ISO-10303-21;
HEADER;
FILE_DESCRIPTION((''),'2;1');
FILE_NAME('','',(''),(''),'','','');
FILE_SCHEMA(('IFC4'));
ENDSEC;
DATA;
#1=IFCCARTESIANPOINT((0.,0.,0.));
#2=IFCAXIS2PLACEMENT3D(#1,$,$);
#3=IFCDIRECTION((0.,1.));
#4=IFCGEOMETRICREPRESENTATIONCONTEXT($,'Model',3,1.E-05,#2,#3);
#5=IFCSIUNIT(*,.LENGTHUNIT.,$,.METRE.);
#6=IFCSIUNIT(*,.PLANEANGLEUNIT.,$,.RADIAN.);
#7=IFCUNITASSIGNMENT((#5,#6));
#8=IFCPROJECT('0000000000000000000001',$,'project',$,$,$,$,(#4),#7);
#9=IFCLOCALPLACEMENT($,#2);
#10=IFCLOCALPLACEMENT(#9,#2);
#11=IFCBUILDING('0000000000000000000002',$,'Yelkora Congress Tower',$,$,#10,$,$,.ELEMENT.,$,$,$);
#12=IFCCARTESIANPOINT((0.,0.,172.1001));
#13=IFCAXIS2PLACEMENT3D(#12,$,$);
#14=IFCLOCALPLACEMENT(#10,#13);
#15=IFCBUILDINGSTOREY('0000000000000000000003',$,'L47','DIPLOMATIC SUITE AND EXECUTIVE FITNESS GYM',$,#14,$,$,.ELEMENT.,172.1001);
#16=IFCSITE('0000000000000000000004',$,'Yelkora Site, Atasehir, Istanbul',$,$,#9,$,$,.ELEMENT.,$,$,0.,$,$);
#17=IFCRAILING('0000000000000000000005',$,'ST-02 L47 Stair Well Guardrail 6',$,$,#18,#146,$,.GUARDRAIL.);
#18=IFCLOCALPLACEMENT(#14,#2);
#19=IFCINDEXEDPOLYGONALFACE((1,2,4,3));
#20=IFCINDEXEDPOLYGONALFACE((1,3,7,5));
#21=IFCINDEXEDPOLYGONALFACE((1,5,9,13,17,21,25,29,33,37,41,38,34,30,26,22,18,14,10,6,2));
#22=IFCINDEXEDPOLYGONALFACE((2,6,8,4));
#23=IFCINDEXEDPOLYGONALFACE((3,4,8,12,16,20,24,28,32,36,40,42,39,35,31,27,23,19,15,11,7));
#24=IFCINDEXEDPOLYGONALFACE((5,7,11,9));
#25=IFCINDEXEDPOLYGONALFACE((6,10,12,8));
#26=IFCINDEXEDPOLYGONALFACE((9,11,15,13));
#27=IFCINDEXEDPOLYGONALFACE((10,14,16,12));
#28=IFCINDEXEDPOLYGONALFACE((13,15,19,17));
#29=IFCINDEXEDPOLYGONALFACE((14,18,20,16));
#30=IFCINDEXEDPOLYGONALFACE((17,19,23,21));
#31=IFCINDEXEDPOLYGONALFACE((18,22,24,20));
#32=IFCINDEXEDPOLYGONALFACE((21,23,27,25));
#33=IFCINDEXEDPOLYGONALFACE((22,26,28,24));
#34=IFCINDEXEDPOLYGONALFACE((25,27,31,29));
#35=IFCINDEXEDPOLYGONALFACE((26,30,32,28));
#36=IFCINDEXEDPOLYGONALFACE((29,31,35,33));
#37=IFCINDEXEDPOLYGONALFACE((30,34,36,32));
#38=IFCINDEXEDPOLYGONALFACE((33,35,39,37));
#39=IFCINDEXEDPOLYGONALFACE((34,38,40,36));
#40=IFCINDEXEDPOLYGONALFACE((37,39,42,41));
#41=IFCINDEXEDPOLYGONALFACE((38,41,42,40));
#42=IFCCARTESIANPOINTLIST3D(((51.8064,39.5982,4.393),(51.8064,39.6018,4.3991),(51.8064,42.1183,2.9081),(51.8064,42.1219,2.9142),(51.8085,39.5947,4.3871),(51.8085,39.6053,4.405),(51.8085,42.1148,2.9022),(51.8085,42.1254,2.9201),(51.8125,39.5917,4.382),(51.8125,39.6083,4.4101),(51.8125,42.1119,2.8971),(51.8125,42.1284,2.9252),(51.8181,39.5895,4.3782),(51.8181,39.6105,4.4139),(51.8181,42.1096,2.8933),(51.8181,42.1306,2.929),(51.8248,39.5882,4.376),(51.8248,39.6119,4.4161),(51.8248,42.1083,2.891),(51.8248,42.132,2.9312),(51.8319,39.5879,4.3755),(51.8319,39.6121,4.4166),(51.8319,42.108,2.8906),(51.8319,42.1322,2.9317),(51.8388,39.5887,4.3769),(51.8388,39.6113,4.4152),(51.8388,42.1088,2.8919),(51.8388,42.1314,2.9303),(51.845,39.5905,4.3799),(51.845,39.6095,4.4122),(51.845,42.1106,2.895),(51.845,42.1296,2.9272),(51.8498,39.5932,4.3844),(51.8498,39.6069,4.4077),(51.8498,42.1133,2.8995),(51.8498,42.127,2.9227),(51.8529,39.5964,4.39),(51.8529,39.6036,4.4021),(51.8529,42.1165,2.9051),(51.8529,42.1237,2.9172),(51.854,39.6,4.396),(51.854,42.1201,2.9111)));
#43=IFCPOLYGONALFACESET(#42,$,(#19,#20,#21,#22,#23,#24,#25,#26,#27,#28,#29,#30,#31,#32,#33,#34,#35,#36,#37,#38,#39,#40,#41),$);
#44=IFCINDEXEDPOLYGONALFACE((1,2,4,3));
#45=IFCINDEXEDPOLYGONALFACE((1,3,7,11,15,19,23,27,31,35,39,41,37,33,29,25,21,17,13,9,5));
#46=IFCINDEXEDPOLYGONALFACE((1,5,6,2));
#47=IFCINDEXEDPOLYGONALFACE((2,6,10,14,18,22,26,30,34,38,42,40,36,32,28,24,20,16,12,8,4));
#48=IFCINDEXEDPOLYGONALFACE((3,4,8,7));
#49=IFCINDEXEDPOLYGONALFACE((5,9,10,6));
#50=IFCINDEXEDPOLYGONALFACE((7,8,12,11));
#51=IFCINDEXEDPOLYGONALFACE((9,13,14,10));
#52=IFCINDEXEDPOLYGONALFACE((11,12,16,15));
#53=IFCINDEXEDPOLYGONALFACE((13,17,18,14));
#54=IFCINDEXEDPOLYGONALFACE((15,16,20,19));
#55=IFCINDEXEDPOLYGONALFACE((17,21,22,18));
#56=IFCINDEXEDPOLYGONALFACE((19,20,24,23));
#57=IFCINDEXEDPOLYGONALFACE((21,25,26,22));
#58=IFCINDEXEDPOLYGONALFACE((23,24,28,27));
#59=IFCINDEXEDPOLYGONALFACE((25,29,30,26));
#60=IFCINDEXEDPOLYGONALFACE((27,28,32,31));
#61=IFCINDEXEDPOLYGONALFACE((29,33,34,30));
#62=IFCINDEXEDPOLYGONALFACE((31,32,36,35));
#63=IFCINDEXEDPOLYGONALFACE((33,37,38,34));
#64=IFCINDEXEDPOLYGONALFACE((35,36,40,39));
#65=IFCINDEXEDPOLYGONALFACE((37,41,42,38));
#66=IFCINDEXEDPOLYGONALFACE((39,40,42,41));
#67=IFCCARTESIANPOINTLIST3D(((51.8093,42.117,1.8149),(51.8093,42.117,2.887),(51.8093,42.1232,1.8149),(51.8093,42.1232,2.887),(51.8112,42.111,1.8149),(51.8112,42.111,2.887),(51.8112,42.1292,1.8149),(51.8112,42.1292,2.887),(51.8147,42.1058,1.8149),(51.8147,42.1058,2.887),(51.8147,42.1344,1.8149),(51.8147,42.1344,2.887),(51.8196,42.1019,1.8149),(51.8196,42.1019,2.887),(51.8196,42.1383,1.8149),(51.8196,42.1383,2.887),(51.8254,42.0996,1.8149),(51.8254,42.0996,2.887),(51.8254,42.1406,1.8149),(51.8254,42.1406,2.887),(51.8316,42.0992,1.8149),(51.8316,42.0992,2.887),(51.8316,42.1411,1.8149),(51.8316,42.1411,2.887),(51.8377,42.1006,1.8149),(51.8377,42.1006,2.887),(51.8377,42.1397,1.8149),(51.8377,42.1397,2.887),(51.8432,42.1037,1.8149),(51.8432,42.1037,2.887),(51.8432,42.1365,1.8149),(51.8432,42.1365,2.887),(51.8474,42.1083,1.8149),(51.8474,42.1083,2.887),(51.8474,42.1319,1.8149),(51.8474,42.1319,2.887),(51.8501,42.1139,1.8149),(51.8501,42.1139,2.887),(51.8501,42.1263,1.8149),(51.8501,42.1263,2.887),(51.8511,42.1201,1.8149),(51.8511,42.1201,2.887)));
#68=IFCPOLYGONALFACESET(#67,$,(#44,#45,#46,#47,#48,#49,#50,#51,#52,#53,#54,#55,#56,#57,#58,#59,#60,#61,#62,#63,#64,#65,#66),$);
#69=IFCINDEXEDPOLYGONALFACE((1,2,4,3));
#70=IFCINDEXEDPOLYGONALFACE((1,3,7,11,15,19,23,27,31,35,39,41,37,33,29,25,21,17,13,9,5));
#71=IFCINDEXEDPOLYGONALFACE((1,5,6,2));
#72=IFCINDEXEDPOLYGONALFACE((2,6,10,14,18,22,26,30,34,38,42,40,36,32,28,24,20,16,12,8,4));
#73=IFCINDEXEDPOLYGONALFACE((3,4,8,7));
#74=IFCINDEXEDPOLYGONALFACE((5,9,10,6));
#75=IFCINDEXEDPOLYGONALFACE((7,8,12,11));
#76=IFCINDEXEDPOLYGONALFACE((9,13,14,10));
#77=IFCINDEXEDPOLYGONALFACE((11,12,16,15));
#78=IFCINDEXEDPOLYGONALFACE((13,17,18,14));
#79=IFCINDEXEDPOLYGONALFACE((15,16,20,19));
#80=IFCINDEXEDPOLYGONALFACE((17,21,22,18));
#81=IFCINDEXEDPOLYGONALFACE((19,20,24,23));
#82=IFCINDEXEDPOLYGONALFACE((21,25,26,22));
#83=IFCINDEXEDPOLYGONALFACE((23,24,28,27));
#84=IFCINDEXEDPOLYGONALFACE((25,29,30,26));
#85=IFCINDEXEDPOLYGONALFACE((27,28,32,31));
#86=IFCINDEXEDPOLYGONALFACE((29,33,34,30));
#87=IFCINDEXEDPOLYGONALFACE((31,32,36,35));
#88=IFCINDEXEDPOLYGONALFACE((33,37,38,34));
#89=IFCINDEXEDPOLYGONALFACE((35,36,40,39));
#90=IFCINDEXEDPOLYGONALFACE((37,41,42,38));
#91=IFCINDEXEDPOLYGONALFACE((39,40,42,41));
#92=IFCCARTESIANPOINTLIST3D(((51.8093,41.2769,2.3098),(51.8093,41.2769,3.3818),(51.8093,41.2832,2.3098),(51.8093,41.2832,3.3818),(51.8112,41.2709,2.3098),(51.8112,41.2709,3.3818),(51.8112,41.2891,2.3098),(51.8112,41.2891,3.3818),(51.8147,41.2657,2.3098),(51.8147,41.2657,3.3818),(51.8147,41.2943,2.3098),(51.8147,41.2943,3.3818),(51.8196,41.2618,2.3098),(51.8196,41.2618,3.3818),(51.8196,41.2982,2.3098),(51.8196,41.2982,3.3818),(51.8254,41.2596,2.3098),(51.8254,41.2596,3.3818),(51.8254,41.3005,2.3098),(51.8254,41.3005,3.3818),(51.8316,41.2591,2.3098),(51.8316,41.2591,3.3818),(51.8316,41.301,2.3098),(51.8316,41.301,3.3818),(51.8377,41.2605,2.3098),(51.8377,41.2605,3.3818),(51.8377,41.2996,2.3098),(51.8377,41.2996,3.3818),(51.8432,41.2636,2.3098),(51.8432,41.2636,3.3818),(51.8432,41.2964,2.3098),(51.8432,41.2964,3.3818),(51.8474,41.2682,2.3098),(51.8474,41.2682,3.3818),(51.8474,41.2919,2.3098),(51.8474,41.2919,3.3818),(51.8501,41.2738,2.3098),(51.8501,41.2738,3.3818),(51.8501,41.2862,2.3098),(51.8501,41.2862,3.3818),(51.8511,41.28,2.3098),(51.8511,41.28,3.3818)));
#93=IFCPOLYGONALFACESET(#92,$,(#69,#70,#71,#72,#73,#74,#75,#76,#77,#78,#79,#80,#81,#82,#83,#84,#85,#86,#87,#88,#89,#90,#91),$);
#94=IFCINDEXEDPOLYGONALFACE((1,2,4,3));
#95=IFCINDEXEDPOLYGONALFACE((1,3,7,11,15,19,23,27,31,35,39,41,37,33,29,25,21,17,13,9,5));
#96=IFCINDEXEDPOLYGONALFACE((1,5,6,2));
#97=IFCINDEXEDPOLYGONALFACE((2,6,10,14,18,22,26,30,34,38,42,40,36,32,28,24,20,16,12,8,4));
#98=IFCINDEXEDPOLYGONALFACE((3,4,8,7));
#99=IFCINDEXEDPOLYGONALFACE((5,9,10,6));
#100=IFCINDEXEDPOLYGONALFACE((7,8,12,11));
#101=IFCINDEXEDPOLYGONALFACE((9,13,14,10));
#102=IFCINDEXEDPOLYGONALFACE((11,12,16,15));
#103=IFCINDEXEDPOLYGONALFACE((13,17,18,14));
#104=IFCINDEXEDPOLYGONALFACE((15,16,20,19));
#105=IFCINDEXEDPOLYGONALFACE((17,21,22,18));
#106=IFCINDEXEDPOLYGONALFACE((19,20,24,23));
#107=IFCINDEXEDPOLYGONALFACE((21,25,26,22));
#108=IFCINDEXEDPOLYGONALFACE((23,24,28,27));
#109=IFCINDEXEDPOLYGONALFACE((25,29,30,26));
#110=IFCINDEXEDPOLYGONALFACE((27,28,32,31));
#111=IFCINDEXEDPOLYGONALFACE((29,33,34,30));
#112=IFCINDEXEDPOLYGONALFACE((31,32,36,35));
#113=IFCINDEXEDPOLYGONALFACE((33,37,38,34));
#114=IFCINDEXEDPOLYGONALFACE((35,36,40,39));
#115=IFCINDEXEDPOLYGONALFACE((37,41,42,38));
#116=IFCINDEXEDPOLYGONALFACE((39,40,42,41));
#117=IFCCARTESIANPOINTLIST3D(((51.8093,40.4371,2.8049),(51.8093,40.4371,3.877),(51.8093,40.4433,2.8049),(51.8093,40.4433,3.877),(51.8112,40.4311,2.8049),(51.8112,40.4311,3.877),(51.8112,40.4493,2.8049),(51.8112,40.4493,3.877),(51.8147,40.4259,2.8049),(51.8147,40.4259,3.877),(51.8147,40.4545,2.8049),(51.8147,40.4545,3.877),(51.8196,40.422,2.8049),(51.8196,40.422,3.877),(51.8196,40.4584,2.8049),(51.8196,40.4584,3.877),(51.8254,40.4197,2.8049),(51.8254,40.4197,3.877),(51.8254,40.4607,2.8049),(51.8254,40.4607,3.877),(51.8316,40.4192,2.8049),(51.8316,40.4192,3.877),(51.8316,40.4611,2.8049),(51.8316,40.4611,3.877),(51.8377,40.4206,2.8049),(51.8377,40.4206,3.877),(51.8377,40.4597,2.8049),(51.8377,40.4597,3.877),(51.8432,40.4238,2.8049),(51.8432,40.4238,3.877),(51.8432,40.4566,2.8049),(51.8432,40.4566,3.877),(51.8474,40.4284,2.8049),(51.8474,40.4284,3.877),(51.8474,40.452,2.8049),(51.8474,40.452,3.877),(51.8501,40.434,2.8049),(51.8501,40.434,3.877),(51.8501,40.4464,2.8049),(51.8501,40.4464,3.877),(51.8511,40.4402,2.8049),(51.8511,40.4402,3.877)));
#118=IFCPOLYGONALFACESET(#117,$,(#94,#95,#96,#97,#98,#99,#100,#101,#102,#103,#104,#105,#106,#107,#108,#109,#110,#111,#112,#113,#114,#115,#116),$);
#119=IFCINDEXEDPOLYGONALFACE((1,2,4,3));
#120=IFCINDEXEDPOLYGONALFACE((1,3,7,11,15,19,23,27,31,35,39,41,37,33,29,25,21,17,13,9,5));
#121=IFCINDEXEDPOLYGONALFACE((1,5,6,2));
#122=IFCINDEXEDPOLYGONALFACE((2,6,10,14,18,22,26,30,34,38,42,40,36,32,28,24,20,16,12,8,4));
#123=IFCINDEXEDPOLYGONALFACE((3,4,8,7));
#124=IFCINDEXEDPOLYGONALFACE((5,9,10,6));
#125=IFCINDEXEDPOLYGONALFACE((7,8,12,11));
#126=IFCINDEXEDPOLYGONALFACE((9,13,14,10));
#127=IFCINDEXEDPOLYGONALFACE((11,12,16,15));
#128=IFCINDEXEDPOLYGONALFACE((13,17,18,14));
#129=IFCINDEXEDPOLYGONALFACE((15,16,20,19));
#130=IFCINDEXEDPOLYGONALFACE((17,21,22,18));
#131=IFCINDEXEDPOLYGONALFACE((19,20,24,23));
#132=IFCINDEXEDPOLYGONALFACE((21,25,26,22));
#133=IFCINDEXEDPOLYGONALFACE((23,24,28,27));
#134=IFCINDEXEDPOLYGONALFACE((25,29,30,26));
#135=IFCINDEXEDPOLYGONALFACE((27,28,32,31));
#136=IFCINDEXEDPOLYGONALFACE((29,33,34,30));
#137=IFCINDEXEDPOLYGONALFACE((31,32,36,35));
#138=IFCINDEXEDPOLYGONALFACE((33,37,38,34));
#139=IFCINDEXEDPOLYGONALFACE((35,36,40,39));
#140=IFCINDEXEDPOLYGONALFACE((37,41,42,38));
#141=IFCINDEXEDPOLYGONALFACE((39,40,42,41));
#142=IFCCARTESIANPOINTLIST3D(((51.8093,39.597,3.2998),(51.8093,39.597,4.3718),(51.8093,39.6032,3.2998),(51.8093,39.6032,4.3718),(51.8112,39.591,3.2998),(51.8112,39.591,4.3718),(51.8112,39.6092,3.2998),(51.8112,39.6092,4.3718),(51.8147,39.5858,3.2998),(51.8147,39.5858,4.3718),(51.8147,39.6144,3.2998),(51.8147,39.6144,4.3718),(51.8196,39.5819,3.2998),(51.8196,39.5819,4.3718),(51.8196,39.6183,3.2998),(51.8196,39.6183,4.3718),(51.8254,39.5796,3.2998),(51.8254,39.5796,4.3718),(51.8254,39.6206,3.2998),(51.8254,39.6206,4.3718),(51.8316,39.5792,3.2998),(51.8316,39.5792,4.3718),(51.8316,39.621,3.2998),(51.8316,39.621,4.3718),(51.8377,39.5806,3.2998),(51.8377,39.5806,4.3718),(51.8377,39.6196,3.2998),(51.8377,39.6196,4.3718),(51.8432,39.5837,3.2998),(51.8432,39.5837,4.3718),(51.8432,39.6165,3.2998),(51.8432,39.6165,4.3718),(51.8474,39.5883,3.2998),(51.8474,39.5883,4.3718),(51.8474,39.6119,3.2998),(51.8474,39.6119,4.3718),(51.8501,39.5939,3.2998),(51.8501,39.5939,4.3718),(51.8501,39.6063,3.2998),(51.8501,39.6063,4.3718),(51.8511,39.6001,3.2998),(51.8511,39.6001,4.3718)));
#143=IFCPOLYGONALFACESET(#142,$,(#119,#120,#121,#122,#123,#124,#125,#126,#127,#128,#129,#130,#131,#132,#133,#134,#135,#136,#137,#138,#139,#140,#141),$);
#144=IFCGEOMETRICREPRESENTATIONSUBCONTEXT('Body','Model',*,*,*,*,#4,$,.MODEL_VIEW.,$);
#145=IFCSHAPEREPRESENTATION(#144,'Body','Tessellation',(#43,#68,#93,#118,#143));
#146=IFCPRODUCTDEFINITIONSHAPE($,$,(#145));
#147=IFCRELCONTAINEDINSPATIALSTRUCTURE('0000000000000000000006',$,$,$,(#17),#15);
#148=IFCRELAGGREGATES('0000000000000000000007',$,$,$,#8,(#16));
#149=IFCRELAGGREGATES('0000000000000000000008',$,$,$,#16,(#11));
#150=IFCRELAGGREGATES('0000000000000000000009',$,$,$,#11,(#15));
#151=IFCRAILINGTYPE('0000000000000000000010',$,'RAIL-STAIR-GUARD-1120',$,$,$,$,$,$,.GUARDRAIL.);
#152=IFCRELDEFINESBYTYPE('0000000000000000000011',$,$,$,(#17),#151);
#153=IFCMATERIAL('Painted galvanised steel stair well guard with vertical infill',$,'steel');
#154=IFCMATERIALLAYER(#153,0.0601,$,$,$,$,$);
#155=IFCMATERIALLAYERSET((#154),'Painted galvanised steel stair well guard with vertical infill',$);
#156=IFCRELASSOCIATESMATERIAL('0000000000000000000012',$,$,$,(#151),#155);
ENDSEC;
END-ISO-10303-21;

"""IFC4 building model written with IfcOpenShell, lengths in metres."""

from ifc_helpers import new_model, si_unit, direction, frame, origin, origin_2d, place, context, subcontext, project, spatial, circle, extrude, material, layer, layer_set, type_object, element, save


model = new_model("IFC4")

# Units and contexts
model_context = context("Model", 3, precision=1e-05, world=origin(), true_north=direction((0.0, 1.0)))
body_context = subcontext(model_context, "Body", "Model", "MODEL_VIEW")
ifc_project = project(units=[si_unit("LENGTHUNIT", "METRE"), si_unit("PLANEANGLEUNIT", "RADIAN")], contexts=[model_context])

# Site, building, storey
site_placement = place(None, origin())
site = spatial("IfcSite", under=ifc_project, at=site_placement, Name="Yelkora Site, Atasehir, Istanbul", CompositionType="ELEMENT", RefElevation=0.0)
building_placement = place(site_placement, origin())
building = spatial("IfcBuilding", under=site, at=building_placement, Name="Yelkora Congress Tower", CompositionType="ELEMENT")
storey_placement = place(building_placement, frame((0.0, 0.0, 172.1001)))
storey = spatial("IfcBuildingStorey", under=building, at=storey_placement, Name="L47", Description="DIPLOMATIC SUITE AND EXECUTIVE FITNESS GYM", CompositionType="ELEMENT", Elevation=172.1001)

# Railing
ifc_material_1 = material(Name="Painted galvanised steel stair well guard with vertical infill", Category="steel")
ifc_layer_1 = layer(ifc_material_1, 0.0601)
ifc_layer_set_1 = layer_set([ifc_layer_1], Name="Painted galvanised steel stair well guard with vertical infill")
railing_type_1 = type_object("IfcRailingType", Name="RAIL-STAIR-GUARD-1120", PredefinedType="GUARDRAIL", material=ifc_layer_set_1)
railing_1_placement = place(storey_placement, frame((51.8301, 42.1201, 1.8149)))
element("IfcRailing", 1, at=railing_1_placement, inside=storey, type_object=railing_type_1, Name="ST-02 L47 Stair Well Guardrail 6", PredefinedType="GUARDRAIL", context=body_context, shape_type="SweptSolid", body=[
    extrude(circle(Radius=0.0239, at=origin_2d()), frame((0.0, 0.0, 1.0962), z_axis=(0.0, -0.861561, 0.507655), x_axis=(1.0, 0.0, 0.0)), (0.0, 0.0, 1.0), 2.925),
    extrude(circle(Radius=0.021, at=origin_2d()), origin(), (0.0, 0.0, 1.0), 1.072),
    extrude(circle(Radius=0.021, at=origin_2d()), frame((0.0, -0.8401, 0.4949)), (0.0, 0.0, 1.0), 1.072),
    extrude(circle(Radius=0.021, at=origin_2d()), frame((0.0, -1.6799, 0.99)), (0.0, 0.0, 1.0), 1.072),
    extrude(circle(Radius=0.021, at=origin_2d()), frame((0.0, -2.52, 1.4849)), (0.0, 0.0, 1.0), 1.072),
])

save(model, "model.ifc")
